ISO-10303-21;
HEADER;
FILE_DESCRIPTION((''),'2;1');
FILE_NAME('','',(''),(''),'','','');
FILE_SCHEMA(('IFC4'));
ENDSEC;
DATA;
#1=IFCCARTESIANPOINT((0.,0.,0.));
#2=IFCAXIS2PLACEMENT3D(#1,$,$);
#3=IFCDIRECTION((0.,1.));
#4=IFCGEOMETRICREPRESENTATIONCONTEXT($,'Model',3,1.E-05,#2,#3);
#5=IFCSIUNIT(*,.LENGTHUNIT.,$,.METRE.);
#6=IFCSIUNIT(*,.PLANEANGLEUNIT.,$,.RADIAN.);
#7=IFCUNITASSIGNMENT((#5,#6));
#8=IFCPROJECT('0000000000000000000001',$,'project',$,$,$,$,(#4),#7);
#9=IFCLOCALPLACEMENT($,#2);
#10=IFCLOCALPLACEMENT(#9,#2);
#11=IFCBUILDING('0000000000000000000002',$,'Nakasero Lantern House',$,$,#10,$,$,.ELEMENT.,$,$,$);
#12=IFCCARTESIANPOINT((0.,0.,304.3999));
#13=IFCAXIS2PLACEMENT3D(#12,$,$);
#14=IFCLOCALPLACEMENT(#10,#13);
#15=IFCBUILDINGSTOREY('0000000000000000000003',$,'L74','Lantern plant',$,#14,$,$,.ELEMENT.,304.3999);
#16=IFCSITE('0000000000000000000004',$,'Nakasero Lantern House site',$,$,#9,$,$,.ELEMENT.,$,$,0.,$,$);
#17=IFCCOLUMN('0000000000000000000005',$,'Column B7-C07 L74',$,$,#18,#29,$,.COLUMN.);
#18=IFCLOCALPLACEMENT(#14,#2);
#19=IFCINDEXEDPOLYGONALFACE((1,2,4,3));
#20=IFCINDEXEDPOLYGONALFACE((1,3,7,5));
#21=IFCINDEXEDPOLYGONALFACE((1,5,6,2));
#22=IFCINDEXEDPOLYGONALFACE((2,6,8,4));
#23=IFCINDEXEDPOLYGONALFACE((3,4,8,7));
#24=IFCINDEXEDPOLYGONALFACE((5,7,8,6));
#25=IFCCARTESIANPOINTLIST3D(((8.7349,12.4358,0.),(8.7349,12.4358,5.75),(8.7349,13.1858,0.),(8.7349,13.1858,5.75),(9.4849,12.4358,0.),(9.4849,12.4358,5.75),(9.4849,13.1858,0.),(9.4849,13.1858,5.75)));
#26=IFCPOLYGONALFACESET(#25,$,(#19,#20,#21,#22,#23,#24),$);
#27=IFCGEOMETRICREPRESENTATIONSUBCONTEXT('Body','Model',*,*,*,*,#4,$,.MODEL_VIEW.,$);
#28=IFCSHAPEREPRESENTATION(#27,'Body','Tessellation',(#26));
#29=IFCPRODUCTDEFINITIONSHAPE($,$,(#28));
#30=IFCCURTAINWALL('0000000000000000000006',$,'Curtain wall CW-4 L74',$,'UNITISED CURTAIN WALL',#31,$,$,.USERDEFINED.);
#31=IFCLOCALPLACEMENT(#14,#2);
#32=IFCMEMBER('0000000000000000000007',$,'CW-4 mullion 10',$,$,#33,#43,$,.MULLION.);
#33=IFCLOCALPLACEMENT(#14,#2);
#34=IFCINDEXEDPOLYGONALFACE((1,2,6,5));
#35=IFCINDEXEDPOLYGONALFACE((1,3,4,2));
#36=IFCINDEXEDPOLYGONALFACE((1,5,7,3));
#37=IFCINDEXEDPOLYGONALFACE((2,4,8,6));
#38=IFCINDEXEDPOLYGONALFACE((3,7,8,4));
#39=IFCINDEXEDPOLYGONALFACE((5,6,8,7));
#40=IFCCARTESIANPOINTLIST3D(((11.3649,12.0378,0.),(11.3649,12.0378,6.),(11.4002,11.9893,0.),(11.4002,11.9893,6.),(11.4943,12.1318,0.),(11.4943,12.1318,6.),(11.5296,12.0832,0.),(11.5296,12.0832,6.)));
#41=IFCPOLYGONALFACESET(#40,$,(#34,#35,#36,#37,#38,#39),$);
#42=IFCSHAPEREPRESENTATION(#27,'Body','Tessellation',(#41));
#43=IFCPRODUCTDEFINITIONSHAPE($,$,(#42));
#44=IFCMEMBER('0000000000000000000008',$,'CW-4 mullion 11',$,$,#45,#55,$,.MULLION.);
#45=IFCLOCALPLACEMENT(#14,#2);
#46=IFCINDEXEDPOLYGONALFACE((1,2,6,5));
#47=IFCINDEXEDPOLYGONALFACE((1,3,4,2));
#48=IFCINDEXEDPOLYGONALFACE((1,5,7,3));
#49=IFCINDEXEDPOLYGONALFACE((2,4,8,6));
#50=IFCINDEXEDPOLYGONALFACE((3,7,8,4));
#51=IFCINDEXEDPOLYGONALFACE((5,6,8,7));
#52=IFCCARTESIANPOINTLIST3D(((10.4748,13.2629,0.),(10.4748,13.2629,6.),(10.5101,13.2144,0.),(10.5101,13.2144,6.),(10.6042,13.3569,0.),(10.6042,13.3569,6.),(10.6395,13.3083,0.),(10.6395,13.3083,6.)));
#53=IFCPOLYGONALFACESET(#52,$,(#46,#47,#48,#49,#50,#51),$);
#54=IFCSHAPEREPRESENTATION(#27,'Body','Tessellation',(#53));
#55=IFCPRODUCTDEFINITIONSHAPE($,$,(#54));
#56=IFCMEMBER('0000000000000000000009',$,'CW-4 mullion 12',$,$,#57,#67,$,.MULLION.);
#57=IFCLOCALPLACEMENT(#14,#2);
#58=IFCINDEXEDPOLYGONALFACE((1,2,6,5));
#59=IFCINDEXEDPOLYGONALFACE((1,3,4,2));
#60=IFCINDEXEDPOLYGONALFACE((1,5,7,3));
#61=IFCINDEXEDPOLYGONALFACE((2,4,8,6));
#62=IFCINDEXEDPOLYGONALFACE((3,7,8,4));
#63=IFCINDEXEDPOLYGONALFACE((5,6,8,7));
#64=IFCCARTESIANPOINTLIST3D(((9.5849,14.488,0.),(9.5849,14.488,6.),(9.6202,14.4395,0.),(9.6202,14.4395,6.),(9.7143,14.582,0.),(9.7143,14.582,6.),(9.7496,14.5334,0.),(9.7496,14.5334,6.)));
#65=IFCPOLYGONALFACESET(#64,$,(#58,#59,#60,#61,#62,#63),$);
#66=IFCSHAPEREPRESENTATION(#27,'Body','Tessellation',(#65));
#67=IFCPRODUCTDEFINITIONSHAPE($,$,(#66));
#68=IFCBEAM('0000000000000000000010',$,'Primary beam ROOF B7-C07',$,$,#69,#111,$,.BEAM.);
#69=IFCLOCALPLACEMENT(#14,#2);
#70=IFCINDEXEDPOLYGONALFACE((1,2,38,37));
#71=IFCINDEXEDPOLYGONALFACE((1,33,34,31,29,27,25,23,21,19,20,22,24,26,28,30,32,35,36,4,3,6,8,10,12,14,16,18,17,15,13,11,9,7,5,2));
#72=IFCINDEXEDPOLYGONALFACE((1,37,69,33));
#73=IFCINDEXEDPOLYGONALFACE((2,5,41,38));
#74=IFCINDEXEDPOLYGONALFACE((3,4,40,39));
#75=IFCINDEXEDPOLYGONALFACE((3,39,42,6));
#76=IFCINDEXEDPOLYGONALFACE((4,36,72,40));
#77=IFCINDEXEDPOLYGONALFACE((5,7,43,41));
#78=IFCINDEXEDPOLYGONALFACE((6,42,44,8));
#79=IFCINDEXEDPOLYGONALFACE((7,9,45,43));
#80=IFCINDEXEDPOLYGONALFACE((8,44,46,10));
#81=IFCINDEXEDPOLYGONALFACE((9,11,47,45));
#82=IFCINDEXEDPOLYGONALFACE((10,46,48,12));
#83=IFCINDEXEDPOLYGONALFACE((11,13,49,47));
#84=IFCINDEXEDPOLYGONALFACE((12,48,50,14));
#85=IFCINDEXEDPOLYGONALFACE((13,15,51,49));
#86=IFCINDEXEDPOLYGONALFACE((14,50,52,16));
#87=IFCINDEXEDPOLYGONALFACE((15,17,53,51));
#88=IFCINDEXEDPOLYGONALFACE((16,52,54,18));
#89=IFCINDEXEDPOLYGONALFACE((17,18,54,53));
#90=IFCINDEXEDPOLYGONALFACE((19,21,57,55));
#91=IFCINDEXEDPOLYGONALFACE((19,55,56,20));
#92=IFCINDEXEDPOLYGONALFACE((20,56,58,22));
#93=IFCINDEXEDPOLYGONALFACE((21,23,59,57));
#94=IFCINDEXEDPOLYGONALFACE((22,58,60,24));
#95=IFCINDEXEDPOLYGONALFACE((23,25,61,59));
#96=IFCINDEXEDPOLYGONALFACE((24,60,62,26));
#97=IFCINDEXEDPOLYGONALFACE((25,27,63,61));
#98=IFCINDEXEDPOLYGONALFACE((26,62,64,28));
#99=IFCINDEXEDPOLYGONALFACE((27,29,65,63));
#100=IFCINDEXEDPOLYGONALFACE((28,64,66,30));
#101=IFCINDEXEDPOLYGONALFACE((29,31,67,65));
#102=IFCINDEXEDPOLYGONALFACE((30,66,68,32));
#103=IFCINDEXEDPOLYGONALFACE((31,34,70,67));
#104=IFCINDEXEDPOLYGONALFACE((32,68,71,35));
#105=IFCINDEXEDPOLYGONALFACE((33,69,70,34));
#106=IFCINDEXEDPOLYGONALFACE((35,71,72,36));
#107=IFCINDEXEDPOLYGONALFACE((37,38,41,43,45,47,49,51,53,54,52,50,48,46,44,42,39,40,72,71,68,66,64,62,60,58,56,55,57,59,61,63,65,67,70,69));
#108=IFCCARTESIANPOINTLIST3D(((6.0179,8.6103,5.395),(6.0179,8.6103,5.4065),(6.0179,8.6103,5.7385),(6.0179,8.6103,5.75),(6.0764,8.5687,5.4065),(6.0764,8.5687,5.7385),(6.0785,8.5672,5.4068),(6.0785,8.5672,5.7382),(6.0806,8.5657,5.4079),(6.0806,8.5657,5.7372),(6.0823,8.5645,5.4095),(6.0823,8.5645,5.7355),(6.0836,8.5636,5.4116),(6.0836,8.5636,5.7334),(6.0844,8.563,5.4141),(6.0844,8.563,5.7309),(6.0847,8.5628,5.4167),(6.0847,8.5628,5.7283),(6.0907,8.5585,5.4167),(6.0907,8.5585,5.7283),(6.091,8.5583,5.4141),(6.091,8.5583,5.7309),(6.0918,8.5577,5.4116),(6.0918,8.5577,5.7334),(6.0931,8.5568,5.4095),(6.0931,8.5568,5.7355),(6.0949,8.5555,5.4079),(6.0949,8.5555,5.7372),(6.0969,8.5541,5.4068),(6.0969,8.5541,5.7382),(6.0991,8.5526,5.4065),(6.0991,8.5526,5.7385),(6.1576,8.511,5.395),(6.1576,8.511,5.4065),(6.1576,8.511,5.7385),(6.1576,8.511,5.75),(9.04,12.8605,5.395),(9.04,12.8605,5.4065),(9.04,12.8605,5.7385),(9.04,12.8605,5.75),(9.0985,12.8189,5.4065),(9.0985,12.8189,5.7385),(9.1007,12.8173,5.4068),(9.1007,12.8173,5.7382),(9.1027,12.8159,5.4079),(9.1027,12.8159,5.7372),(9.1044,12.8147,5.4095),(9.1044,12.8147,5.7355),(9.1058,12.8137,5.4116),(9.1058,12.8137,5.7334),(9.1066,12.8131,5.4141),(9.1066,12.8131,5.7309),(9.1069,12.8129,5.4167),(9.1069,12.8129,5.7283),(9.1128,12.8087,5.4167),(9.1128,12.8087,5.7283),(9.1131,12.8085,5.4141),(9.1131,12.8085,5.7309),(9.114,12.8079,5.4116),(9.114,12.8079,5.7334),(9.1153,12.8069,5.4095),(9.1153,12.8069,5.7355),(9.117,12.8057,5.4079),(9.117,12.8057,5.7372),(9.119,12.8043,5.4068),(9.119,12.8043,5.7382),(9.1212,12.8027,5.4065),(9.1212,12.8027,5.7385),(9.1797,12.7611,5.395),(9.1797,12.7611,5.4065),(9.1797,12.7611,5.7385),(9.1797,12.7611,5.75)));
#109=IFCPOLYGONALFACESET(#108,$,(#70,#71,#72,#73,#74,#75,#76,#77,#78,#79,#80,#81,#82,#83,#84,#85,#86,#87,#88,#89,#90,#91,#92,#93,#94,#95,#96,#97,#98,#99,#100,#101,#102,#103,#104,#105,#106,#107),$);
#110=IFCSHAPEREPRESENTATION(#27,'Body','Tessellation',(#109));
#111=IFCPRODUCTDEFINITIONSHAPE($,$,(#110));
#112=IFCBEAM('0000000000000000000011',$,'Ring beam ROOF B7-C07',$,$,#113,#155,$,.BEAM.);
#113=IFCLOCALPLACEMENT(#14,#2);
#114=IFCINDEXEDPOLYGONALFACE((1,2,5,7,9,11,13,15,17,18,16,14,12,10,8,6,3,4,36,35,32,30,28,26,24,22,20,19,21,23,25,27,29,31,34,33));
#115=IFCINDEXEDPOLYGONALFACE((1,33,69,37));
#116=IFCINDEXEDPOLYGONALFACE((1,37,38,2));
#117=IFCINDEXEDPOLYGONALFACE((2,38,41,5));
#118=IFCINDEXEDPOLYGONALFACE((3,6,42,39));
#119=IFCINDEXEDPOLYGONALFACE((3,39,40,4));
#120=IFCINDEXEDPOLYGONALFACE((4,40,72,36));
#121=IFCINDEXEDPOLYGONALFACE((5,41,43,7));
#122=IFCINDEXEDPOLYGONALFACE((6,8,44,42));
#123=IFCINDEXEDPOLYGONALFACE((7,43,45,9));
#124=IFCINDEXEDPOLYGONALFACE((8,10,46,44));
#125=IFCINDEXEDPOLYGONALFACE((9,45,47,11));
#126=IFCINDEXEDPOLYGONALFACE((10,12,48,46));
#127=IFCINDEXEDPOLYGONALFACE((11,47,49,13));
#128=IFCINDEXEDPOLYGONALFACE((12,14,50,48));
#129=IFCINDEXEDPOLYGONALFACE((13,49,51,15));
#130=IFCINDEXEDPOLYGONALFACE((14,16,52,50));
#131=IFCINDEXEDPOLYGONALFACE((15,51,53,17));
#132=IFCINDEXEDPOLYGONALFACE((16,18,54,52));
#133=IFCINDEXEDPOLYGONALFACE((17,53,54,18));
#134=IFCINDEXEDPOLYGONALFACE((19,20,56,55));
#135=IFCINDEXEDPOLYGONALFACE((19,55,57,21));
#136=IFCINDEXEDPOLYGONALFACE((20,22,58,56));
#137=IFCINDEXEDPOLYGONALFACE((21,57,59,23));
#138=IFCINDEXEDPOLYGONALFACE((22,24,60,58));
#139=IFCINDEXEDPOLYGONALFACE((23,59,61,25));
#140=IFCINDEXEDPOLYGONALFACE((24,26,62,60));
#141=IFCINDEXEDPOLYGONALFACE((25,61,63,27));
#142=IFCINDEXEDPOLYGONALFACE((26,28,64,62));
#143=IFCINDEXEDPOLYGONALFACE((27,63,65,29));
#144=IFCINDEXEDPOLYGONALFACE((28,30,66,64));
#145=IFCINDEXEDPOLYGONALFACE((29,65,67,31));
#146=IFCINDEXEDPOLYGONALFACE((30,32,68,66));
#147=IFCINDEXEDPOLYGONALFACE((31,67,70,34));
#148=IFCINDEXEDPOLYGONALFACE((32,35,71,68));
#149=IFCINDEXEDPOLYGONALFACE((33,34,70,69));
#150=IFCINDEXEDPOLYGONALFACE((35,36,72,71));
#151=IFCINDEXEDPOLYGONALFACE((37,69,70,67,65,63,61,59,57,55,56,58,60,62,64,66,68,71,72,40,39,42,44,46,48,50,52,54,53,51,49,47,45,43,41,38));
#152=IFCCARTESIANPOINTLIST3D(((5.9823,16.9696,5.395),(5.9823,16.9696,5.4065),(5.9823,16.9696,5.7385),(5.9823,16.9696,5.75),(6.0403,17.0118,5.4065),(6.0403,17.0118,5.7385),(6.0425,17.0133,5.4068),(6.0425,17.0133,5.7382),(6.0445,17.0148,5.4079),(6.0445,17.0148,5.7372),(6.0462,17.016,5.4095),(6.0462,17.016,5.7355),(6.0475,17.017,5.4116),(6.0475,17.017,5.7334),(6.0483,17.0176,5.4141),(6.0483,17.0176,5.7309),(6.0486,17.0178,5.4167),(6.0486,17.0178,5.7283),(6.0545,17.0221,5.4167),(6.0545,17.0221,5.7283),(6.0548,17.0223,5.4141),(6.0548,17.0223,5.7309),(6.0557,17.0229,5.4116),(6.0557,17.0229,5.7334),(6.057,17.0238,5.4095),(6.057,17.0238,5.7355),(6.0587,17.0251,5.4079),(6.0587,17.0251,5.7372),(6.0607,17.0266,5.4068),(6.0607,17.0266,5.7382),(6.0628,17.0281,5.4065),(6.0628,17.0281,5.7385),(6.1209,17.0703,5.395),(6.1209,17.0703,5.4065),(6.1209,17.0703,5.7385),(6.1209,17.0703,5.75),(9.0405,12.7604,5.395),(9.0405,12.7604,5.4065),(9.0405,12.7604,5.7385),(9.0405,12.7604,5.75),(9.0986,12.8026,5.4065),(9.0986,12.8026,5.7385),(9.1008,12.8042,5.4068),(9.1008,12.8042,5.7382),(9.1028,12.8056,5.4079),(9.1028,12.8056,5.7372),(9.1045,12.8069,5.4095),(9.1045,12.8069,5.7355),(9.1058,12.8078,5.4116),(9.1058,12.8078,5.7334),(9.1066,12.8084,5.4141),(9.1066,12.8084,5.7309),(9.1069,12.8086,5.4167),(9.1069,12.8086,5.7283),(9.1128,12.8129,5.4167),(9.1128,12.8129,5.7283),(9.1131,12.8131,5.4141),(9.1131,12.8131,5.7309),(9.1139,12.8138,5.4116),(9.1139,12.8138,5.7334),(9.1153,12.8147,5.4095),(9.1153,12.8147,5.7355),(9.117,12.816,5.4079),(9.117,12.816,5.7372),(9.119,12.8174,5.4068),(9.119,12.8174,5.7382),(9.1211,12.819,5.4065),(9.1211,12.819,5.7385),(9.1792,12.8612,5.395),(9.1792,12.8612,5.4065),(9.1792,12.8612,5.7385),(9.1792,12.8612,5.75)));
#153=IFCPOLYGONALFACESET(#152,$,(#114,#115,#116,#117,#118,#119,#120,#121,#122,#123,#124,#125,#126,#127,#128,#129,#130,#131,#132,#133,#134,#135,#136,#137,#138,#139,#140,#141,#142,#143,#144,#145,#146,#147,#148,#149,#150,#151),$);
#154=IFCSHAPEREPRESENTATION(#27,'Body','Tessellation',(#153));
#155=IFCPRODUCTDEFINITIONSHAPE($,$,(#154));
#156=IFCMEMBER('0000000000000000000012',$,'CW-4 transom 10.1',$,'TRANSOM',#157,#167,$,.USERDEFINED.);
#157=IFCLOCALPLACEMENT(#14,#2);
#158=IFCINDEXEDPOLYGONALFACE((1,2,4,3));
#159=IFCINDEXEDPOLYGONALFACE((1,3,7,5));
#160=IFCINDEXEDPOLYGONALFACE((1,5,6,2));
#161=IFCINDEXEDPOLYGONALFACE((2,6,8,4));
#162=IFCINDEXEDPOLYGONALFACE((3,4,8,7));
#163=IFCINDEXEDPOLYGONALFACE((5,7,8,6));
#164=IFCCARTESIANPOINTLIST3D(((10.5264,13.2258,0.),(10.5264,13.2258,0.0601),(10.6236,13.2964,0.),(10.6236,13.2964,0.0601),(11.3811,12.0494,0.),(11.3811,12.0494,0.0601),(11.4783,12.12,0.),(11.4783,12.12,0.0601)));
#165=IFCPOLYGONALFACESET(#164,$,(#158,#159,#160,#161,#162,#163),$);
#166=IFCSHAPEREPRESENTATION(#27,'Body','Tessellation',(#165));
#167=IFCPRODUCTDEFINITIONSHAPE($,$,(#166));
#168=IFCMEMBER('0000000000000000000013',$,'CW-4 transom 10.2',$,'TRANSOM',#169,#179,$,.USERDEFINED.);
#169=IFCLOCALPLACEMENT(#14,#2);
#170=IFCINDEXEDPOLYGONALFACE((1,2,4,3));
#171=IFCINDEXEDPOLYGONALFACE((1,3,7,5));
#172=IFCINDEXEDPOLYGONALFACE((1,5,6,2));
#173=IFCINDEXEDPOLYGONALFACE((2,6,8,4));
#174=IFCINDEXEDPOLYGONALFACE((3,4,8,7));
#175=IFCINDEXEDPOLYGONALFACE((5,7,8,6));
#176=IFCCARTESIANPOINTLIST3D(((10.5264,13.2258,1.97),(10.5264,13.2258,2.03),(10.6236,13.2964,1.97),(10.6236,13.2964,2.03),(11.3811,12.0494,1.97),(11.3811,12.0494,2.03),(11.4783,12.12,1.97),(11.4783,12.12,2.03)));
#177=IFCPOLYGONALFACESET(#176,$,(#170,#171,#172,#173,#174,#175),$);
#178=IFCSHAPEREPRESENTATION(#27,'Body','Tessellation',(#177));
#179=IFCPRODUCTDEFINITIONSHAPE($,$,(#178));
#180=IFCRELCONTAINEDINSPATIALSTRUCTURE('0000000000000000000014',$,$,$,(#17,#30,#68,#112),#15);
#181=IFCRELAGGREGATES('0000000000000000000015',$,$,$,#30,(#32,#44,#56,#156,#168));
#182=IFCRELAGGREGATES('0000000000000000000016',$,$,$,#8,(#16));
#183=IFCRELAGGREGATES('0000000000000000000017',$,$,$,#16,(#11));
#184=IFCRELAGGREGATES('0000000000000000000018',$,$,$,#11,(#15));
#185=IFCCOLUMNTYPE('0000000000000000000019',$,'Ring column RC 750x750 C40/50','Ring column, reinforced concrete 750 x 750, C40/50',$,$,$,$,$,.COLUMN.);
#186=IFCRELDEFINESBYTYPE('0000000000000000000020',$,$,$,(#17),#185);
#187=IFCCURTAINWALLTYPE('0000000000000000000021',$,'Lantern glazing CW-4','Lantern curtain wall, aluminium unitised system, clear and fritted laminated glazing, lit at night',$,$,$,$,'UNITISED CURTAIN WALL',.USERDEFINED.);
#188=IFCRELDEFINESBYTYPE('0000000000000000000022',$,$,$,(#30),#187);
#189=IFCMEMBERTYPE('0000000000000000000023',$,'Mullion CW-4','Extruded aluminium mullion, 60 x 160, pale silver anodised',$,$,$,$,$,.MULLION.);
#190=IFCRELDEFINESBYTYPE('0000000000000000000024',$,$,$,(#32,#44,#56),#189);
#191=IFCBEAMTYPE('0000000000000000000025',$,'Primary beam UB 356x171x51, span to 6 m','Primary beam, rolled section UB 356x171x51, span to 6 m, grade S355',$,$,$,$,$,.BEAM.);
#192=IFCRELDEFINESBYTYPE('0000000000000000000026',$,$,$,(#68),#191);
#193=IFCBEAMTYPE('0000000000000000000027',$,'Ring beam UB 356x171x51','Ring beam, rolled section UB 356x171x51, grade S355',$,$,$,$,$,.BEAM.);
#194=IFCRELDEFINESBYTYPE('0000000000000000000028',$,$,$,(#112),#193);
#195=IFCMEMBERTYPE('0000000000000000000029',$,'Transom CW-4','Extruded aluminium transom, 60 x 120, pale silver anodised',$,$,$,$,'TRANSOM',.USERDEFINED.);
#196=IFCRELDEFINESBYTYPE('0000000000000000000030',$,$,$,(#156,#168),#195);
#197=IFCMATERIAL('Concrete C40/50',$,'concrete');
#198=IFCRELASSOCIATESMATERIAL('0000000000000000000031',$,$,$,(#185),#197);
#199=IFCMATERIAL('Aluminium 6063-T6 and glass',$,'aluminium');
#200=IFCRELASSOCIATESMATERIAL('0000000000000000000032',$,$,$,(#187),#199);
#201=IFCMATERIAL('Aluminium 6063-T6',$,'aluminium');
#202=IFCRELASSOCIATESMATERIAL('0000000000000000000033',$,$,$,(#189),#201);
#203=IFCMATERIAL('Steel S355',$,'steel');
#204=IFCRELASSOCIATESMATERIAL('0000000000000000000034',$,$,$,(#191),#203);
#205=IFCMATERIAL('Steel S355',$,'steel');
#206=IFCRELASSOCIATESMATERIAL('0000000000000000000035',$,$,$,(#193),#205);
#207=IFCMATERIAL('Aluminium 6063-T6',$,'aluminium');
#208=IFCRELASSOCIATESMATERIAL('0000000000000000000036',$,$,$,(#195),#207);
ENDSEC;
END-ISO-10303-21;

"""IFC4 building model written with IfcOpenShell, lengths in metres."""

from ifc_helpers import new_model, si_unit, direction, frame, origin, origin_2d, place, context, subcontext, project, spatial, rectangle, i_section, extrude, material, material_profile, profile_set, type_object, element, aggregate, save


model = new_model("IFC4")

# Units and contexts
model_context = context("Model", 3, precision=1e-05, world=origin(), true_north=direction((0.0, 1.0)))
body_context = subcontext(model_context, "Body", "Model", "MODEL_VIEW")
ifc_project = project(units=[si_unit("LENGTHUNIT", "METRE"), si_unit("PLANEANGLEUNIT", "RADIAN")], contexts=[model_context])

# Site, building, storey
site_placement = place(None, origin())
site = spatial("IfcSite", under=ifc_project, at=site_placement, Name="Nakasero Lantern House site", CompositionType="ELEMENT", RefElevation=0.0)
building_placement = place(site_placement, origin())
building = spatial("IfcBuilding", under=site, at=building_placement, Name="Nakasero Lantern House", CompositionType="ELEMENT")
storey_placement = place(building_placement, frame((0.0, 0.0, 304.3999)))
storey = spatial("IfcBuildingStorey", under=building, at=storey_placement, Name="L74", Description="Lantern plant", CompositionType="ELEMENT", Elevation=304.3999)

# Column
ifc_material_1 = material(Name="Concrete C40/50", Category="concrete")
ifc_material_profile_1 = material_profile(ifc_material_1, rectangle(XDim=0.75, YDim=0.75, at=origin_2d()), Name="RC 750x750")
ifc_profile_set_1 = profile_set([ifc_material_profile_1], Name="Concrete C40/50")
column_type = type_object("IfcColumnType", Name="Ring column RC 750x750 C40/50", Description="Ring column, reinforced concrete 750 x 750, C40/50", PredefinedType="COLUMN", material=ifc_profile_set_1)
column_placement = place(storey_placement, frame((9.1099, 12.8108, 0.0), z_axis=(0.0, 0.0, 1.0), x_axis=(1.0, 0.0, 0.0)))
element("IfcColumn", 1, at=column_placement, inside=storey, type_object=column_type, Name="Column B7-C07 L74", PredefinedType="COLUMN", context=body_context, shape_type="SweptSolid", body=[
    extrude(rectangle(XDim=0.75, YDim=0.75, at=origin_2d()), origin(), (0.0, 0.0, 1.0), 5.75),
])

# Curtain wall, members
ifc_material_2 = material(Name="Aluminium 6063-T6 and glass", Category="aluminium")
curtain_wall_type = type_object("IfcCurtainWallType", Name="Lantern glazing CW-4", Description="Lantern curtain wall, aluminium unitised system, clear and fritted laminated glazing, lit at night", ElementType="UNITISED CURTAIN WALL", PredefinedType="USERDEFINED", material=ifc_material_2)
curtain_wall_placement = place(storey_placement, origin())
curtain_wall = element("IfcCurtainWall", 2, at=curtain_wall_placement, inside=storey, type_object=curtain_wall_type, Name="Curtain wall CW-4 L74", ObjectType="UNITISED CURTAIN WALL", PredefinedType="USERDEFINED")
ifc_material_3 = material(Name="Aluminium 6063-T6", Category="aluminium")
ifc_material_profile_2 = material_profile(ifc_material_3, rectangle(XDim=0.0601, YDim=0.1599, at=origin_2d()), Name="CW-4 mullion 60x160")
ifc_profile_set_2 = profile_set([ifc_material_profile_2], Name="Aluminium 6063-T6")
member_type_1 = type_object("IfcMemberType", Name="Mullion CW-4", Description="Extruded aluminium mullion, 60 x 160, pale silver anodised", PredefinedType="MULLION", material=ifc_profile_set_2)
member_1_placement = place(storey_placement, frame((11.4473, 12.0605, 0.0), z_axis=(0.0, 0.0, 1.0), x_axis=(-0.587785, 0.809017, 0.0)))
member_1 = element("IfcMember", 3, at=member_1_placement, type_object=member_type_1, Name="CW-4 mullion 10", PredefinedType="MULLION", context=body_context, shape_type="SweptSolid", body=[
    extrude(rectangle(XDim=0.0601, YDim=0.1599, at=origin_2d()), origin(), (0.0, 0.0, 1.0), 6.0),
])
member_2_placement = place(storey_placement, frame((10.5571, 13.2856, 0.0), z_axis=(0.0, 0.0, 1.0), x_axis=(-0.587785, 0.809017, 0.0)))
member_2 = element("IfcMember", 4, at=member_2_placement, type_object=member_type_1, Name="CW-4 mullion 11", PredefinedType="MULLION", context=body_context, shape_type="SweptSolid", body=[
    extrude(rectangle(XDim=0.0601, YDim=0.1599, at=origin_2d()), origin(), (0.0, 0.0, 1.0), 6.0),
])
member_3_placement = place(storey_placement, frame((9.6672, 14.5107, 0.0), z_axis=(0.0, 0.0, 1.0), x_axis=(-0.587785, 0.809017, 0.0)))
member_3 = element("IfcMember", 5, at=member_3_placement, type_object=member_type_1, Name="CW-4 mullion 12", PredefinedType="MULLION", context=body_context, shape_type="SweptSolid", body=[
    extrude(rectangle(XDim=0.0601, YDim=0.1599, at=origin_2d()), origin(), (0.0, 0.0, 1.0), 6.0),
])

# Beams
ifc_material_4 = material(Name="Steel S355", Category="steel")
ifc_material_profile_3 = material_profile(ifc_material_4, i_section(OverallWidth=0.1714, OverallDepth=0.355, WebThickness=0.0073, FlangeThickness=0.0115, FilletRadius=0.0103, at=origin_2d()), Name="UB 356x171x51")
ifc_profile_set_3 = profile_set([ifc_material_profile_3], Name="Steel S355")
beam_type_1 = type_object("IfcBeamType", Name="Primary beam UB 356x171x51, span to 6 m", Description="Primary beam, rolled section UB 356x171x51, span to 6 m, grade S355", PredefinedType="BEAM", material=ifc_profile_set_3)
beam_1_placement = place(storey_placement, frame((9.1099, 12.8108, 5.5725), z_axis=(-0.579501, -0.814972, 0.0), x_axis=(0.814972, -0.579501, 0.0)))
element("IfcBeam", 6, at=beam_1_placement, inside=storey, type_object=beam_type_1, Name="Primary beam ROOF B7-C07", PredefinedType="BEAM", context=body_context, shape_type="SweptSolid", body=[
    extrude(i_section(OverallWidth=0.1714, OverallDepth=0.355, WebThickness=0.0073, FlangeThickness=0.0115, FilletRadius=0.0103, at=origin_2d()), origin(), (0.0, 0.0, 1.0), 5.2151),
])
ifc_material_5 = material(Name="Steel S355", Category="steel")
ifc_material_profile_4 = material_profile(ifc_material_5, i_section(OverallWidth=0.1714, OverallDepth=0.355, WebThickness=0.0073, FlangeThickness=0.0115, FilletRadius=0.0103, at=origin_2d()), Name="UB 356x171x51")
ifc_profile_set_4 = profile_set([ifc_material_profile_4], Name="Steel S355")
beam_type_2 = type_object("IfcBeamType", Name="Ring beam UB 356x171x51", Description="Ring beam, rolled section UB 356x171x51, grade S355", PredefinedType="BEAM", material=ifc_profile_set_4)
beam_2_placement = place(storey_placement, frame((9.1099, 12.8108, 5.5725), z_axis=(-0.587806, 0.809002, 0.0), x_axis=(-0.809002, -0.587806, 0.0)))
element("IfcBeam", 7, at=beam_2_placement, inside=storey, type_object=beam_type_2, Name="Ring beam ROOF B7-C07", PredefinedType="BEAM", context=body_context, shape_type="SweptSolid", body=[
    extrude(i_section(OverallWidth=0.1714, OverallDepth=0.355, WebThickness=0.0073, FlangeThickness=0.0115, FilletRadius=0.0103, at=origin_2d()), origin(), (0.0, 0.0, 1.0), 5.2029),
])

# Members
ifc_material_6 = material(Name="Aluminium 6063-T6", Category="aluminium")
ifc_material_profile_5 = material_profile(ifc_material_6, rectangle(XDim=0.0601, YDim=0.1201, at=origin_2d()), Name="CW-4 transom 60x120")
ifc_profile_set_5 = profile_set([ifc_material_profile_5], Name="Aluminium 6063-T6")
member_type_2 = type_object("IfcMemberType", Name="Transom CW-4", Description="Extruded aluminium transom, 60 x 120, pale silver anodised", ElementType="TRANSOM", PredefinedType="USERDEFINED", material=ifc_profile_set_5)
member_4_placement = place(storey_placement, frame((11.4297, 12.0847, 0.03), z_axis=(-0.587762, 0.809034, 0.0), x_axis=(0.0, 0.0, 1.0)))
member_4 = element("IfcMember", 8, at=member_4_placement, type_object=member_type_2, Name="CW-4 transom 10.1", ObjectType="TRANSOM", PredefinedType="USERDEFINED", context=body_context, shape_type="SweptSolid", body=[
    extrude(rectangle(XDim=0.0601, YDim=0.1201, at=origin_2d()), origin(), (0.0, 0.0, 1.0), 1.4541),
])
member_5_placement = place(storey_placement, frame((11.4297, 12.0847, 2.0), z_axis=(-0.587762, 0.809034, 0.0), x_axis=(0.0, 0.0, 1.0)))
member_5 = element("IfcMember", 9, at=member_5_placement, type_object=member_type_2, Name="CW-4 transom 10.2", ObjectType="TRANSOM", PredefinedType="USERDEFINED", context=body_context, shape_type="SweptSolid", body=[
    extrude(rectangle(XDim=0.0601, YDim=0.1201, at=origin_2d()), origin(), (0.0, 0.0, 1.0), 1.4541),
])

aggregate(curtain_wall, [member_1, member_2, member_3, member_4, member_5])

save(model, "model.ifc")
